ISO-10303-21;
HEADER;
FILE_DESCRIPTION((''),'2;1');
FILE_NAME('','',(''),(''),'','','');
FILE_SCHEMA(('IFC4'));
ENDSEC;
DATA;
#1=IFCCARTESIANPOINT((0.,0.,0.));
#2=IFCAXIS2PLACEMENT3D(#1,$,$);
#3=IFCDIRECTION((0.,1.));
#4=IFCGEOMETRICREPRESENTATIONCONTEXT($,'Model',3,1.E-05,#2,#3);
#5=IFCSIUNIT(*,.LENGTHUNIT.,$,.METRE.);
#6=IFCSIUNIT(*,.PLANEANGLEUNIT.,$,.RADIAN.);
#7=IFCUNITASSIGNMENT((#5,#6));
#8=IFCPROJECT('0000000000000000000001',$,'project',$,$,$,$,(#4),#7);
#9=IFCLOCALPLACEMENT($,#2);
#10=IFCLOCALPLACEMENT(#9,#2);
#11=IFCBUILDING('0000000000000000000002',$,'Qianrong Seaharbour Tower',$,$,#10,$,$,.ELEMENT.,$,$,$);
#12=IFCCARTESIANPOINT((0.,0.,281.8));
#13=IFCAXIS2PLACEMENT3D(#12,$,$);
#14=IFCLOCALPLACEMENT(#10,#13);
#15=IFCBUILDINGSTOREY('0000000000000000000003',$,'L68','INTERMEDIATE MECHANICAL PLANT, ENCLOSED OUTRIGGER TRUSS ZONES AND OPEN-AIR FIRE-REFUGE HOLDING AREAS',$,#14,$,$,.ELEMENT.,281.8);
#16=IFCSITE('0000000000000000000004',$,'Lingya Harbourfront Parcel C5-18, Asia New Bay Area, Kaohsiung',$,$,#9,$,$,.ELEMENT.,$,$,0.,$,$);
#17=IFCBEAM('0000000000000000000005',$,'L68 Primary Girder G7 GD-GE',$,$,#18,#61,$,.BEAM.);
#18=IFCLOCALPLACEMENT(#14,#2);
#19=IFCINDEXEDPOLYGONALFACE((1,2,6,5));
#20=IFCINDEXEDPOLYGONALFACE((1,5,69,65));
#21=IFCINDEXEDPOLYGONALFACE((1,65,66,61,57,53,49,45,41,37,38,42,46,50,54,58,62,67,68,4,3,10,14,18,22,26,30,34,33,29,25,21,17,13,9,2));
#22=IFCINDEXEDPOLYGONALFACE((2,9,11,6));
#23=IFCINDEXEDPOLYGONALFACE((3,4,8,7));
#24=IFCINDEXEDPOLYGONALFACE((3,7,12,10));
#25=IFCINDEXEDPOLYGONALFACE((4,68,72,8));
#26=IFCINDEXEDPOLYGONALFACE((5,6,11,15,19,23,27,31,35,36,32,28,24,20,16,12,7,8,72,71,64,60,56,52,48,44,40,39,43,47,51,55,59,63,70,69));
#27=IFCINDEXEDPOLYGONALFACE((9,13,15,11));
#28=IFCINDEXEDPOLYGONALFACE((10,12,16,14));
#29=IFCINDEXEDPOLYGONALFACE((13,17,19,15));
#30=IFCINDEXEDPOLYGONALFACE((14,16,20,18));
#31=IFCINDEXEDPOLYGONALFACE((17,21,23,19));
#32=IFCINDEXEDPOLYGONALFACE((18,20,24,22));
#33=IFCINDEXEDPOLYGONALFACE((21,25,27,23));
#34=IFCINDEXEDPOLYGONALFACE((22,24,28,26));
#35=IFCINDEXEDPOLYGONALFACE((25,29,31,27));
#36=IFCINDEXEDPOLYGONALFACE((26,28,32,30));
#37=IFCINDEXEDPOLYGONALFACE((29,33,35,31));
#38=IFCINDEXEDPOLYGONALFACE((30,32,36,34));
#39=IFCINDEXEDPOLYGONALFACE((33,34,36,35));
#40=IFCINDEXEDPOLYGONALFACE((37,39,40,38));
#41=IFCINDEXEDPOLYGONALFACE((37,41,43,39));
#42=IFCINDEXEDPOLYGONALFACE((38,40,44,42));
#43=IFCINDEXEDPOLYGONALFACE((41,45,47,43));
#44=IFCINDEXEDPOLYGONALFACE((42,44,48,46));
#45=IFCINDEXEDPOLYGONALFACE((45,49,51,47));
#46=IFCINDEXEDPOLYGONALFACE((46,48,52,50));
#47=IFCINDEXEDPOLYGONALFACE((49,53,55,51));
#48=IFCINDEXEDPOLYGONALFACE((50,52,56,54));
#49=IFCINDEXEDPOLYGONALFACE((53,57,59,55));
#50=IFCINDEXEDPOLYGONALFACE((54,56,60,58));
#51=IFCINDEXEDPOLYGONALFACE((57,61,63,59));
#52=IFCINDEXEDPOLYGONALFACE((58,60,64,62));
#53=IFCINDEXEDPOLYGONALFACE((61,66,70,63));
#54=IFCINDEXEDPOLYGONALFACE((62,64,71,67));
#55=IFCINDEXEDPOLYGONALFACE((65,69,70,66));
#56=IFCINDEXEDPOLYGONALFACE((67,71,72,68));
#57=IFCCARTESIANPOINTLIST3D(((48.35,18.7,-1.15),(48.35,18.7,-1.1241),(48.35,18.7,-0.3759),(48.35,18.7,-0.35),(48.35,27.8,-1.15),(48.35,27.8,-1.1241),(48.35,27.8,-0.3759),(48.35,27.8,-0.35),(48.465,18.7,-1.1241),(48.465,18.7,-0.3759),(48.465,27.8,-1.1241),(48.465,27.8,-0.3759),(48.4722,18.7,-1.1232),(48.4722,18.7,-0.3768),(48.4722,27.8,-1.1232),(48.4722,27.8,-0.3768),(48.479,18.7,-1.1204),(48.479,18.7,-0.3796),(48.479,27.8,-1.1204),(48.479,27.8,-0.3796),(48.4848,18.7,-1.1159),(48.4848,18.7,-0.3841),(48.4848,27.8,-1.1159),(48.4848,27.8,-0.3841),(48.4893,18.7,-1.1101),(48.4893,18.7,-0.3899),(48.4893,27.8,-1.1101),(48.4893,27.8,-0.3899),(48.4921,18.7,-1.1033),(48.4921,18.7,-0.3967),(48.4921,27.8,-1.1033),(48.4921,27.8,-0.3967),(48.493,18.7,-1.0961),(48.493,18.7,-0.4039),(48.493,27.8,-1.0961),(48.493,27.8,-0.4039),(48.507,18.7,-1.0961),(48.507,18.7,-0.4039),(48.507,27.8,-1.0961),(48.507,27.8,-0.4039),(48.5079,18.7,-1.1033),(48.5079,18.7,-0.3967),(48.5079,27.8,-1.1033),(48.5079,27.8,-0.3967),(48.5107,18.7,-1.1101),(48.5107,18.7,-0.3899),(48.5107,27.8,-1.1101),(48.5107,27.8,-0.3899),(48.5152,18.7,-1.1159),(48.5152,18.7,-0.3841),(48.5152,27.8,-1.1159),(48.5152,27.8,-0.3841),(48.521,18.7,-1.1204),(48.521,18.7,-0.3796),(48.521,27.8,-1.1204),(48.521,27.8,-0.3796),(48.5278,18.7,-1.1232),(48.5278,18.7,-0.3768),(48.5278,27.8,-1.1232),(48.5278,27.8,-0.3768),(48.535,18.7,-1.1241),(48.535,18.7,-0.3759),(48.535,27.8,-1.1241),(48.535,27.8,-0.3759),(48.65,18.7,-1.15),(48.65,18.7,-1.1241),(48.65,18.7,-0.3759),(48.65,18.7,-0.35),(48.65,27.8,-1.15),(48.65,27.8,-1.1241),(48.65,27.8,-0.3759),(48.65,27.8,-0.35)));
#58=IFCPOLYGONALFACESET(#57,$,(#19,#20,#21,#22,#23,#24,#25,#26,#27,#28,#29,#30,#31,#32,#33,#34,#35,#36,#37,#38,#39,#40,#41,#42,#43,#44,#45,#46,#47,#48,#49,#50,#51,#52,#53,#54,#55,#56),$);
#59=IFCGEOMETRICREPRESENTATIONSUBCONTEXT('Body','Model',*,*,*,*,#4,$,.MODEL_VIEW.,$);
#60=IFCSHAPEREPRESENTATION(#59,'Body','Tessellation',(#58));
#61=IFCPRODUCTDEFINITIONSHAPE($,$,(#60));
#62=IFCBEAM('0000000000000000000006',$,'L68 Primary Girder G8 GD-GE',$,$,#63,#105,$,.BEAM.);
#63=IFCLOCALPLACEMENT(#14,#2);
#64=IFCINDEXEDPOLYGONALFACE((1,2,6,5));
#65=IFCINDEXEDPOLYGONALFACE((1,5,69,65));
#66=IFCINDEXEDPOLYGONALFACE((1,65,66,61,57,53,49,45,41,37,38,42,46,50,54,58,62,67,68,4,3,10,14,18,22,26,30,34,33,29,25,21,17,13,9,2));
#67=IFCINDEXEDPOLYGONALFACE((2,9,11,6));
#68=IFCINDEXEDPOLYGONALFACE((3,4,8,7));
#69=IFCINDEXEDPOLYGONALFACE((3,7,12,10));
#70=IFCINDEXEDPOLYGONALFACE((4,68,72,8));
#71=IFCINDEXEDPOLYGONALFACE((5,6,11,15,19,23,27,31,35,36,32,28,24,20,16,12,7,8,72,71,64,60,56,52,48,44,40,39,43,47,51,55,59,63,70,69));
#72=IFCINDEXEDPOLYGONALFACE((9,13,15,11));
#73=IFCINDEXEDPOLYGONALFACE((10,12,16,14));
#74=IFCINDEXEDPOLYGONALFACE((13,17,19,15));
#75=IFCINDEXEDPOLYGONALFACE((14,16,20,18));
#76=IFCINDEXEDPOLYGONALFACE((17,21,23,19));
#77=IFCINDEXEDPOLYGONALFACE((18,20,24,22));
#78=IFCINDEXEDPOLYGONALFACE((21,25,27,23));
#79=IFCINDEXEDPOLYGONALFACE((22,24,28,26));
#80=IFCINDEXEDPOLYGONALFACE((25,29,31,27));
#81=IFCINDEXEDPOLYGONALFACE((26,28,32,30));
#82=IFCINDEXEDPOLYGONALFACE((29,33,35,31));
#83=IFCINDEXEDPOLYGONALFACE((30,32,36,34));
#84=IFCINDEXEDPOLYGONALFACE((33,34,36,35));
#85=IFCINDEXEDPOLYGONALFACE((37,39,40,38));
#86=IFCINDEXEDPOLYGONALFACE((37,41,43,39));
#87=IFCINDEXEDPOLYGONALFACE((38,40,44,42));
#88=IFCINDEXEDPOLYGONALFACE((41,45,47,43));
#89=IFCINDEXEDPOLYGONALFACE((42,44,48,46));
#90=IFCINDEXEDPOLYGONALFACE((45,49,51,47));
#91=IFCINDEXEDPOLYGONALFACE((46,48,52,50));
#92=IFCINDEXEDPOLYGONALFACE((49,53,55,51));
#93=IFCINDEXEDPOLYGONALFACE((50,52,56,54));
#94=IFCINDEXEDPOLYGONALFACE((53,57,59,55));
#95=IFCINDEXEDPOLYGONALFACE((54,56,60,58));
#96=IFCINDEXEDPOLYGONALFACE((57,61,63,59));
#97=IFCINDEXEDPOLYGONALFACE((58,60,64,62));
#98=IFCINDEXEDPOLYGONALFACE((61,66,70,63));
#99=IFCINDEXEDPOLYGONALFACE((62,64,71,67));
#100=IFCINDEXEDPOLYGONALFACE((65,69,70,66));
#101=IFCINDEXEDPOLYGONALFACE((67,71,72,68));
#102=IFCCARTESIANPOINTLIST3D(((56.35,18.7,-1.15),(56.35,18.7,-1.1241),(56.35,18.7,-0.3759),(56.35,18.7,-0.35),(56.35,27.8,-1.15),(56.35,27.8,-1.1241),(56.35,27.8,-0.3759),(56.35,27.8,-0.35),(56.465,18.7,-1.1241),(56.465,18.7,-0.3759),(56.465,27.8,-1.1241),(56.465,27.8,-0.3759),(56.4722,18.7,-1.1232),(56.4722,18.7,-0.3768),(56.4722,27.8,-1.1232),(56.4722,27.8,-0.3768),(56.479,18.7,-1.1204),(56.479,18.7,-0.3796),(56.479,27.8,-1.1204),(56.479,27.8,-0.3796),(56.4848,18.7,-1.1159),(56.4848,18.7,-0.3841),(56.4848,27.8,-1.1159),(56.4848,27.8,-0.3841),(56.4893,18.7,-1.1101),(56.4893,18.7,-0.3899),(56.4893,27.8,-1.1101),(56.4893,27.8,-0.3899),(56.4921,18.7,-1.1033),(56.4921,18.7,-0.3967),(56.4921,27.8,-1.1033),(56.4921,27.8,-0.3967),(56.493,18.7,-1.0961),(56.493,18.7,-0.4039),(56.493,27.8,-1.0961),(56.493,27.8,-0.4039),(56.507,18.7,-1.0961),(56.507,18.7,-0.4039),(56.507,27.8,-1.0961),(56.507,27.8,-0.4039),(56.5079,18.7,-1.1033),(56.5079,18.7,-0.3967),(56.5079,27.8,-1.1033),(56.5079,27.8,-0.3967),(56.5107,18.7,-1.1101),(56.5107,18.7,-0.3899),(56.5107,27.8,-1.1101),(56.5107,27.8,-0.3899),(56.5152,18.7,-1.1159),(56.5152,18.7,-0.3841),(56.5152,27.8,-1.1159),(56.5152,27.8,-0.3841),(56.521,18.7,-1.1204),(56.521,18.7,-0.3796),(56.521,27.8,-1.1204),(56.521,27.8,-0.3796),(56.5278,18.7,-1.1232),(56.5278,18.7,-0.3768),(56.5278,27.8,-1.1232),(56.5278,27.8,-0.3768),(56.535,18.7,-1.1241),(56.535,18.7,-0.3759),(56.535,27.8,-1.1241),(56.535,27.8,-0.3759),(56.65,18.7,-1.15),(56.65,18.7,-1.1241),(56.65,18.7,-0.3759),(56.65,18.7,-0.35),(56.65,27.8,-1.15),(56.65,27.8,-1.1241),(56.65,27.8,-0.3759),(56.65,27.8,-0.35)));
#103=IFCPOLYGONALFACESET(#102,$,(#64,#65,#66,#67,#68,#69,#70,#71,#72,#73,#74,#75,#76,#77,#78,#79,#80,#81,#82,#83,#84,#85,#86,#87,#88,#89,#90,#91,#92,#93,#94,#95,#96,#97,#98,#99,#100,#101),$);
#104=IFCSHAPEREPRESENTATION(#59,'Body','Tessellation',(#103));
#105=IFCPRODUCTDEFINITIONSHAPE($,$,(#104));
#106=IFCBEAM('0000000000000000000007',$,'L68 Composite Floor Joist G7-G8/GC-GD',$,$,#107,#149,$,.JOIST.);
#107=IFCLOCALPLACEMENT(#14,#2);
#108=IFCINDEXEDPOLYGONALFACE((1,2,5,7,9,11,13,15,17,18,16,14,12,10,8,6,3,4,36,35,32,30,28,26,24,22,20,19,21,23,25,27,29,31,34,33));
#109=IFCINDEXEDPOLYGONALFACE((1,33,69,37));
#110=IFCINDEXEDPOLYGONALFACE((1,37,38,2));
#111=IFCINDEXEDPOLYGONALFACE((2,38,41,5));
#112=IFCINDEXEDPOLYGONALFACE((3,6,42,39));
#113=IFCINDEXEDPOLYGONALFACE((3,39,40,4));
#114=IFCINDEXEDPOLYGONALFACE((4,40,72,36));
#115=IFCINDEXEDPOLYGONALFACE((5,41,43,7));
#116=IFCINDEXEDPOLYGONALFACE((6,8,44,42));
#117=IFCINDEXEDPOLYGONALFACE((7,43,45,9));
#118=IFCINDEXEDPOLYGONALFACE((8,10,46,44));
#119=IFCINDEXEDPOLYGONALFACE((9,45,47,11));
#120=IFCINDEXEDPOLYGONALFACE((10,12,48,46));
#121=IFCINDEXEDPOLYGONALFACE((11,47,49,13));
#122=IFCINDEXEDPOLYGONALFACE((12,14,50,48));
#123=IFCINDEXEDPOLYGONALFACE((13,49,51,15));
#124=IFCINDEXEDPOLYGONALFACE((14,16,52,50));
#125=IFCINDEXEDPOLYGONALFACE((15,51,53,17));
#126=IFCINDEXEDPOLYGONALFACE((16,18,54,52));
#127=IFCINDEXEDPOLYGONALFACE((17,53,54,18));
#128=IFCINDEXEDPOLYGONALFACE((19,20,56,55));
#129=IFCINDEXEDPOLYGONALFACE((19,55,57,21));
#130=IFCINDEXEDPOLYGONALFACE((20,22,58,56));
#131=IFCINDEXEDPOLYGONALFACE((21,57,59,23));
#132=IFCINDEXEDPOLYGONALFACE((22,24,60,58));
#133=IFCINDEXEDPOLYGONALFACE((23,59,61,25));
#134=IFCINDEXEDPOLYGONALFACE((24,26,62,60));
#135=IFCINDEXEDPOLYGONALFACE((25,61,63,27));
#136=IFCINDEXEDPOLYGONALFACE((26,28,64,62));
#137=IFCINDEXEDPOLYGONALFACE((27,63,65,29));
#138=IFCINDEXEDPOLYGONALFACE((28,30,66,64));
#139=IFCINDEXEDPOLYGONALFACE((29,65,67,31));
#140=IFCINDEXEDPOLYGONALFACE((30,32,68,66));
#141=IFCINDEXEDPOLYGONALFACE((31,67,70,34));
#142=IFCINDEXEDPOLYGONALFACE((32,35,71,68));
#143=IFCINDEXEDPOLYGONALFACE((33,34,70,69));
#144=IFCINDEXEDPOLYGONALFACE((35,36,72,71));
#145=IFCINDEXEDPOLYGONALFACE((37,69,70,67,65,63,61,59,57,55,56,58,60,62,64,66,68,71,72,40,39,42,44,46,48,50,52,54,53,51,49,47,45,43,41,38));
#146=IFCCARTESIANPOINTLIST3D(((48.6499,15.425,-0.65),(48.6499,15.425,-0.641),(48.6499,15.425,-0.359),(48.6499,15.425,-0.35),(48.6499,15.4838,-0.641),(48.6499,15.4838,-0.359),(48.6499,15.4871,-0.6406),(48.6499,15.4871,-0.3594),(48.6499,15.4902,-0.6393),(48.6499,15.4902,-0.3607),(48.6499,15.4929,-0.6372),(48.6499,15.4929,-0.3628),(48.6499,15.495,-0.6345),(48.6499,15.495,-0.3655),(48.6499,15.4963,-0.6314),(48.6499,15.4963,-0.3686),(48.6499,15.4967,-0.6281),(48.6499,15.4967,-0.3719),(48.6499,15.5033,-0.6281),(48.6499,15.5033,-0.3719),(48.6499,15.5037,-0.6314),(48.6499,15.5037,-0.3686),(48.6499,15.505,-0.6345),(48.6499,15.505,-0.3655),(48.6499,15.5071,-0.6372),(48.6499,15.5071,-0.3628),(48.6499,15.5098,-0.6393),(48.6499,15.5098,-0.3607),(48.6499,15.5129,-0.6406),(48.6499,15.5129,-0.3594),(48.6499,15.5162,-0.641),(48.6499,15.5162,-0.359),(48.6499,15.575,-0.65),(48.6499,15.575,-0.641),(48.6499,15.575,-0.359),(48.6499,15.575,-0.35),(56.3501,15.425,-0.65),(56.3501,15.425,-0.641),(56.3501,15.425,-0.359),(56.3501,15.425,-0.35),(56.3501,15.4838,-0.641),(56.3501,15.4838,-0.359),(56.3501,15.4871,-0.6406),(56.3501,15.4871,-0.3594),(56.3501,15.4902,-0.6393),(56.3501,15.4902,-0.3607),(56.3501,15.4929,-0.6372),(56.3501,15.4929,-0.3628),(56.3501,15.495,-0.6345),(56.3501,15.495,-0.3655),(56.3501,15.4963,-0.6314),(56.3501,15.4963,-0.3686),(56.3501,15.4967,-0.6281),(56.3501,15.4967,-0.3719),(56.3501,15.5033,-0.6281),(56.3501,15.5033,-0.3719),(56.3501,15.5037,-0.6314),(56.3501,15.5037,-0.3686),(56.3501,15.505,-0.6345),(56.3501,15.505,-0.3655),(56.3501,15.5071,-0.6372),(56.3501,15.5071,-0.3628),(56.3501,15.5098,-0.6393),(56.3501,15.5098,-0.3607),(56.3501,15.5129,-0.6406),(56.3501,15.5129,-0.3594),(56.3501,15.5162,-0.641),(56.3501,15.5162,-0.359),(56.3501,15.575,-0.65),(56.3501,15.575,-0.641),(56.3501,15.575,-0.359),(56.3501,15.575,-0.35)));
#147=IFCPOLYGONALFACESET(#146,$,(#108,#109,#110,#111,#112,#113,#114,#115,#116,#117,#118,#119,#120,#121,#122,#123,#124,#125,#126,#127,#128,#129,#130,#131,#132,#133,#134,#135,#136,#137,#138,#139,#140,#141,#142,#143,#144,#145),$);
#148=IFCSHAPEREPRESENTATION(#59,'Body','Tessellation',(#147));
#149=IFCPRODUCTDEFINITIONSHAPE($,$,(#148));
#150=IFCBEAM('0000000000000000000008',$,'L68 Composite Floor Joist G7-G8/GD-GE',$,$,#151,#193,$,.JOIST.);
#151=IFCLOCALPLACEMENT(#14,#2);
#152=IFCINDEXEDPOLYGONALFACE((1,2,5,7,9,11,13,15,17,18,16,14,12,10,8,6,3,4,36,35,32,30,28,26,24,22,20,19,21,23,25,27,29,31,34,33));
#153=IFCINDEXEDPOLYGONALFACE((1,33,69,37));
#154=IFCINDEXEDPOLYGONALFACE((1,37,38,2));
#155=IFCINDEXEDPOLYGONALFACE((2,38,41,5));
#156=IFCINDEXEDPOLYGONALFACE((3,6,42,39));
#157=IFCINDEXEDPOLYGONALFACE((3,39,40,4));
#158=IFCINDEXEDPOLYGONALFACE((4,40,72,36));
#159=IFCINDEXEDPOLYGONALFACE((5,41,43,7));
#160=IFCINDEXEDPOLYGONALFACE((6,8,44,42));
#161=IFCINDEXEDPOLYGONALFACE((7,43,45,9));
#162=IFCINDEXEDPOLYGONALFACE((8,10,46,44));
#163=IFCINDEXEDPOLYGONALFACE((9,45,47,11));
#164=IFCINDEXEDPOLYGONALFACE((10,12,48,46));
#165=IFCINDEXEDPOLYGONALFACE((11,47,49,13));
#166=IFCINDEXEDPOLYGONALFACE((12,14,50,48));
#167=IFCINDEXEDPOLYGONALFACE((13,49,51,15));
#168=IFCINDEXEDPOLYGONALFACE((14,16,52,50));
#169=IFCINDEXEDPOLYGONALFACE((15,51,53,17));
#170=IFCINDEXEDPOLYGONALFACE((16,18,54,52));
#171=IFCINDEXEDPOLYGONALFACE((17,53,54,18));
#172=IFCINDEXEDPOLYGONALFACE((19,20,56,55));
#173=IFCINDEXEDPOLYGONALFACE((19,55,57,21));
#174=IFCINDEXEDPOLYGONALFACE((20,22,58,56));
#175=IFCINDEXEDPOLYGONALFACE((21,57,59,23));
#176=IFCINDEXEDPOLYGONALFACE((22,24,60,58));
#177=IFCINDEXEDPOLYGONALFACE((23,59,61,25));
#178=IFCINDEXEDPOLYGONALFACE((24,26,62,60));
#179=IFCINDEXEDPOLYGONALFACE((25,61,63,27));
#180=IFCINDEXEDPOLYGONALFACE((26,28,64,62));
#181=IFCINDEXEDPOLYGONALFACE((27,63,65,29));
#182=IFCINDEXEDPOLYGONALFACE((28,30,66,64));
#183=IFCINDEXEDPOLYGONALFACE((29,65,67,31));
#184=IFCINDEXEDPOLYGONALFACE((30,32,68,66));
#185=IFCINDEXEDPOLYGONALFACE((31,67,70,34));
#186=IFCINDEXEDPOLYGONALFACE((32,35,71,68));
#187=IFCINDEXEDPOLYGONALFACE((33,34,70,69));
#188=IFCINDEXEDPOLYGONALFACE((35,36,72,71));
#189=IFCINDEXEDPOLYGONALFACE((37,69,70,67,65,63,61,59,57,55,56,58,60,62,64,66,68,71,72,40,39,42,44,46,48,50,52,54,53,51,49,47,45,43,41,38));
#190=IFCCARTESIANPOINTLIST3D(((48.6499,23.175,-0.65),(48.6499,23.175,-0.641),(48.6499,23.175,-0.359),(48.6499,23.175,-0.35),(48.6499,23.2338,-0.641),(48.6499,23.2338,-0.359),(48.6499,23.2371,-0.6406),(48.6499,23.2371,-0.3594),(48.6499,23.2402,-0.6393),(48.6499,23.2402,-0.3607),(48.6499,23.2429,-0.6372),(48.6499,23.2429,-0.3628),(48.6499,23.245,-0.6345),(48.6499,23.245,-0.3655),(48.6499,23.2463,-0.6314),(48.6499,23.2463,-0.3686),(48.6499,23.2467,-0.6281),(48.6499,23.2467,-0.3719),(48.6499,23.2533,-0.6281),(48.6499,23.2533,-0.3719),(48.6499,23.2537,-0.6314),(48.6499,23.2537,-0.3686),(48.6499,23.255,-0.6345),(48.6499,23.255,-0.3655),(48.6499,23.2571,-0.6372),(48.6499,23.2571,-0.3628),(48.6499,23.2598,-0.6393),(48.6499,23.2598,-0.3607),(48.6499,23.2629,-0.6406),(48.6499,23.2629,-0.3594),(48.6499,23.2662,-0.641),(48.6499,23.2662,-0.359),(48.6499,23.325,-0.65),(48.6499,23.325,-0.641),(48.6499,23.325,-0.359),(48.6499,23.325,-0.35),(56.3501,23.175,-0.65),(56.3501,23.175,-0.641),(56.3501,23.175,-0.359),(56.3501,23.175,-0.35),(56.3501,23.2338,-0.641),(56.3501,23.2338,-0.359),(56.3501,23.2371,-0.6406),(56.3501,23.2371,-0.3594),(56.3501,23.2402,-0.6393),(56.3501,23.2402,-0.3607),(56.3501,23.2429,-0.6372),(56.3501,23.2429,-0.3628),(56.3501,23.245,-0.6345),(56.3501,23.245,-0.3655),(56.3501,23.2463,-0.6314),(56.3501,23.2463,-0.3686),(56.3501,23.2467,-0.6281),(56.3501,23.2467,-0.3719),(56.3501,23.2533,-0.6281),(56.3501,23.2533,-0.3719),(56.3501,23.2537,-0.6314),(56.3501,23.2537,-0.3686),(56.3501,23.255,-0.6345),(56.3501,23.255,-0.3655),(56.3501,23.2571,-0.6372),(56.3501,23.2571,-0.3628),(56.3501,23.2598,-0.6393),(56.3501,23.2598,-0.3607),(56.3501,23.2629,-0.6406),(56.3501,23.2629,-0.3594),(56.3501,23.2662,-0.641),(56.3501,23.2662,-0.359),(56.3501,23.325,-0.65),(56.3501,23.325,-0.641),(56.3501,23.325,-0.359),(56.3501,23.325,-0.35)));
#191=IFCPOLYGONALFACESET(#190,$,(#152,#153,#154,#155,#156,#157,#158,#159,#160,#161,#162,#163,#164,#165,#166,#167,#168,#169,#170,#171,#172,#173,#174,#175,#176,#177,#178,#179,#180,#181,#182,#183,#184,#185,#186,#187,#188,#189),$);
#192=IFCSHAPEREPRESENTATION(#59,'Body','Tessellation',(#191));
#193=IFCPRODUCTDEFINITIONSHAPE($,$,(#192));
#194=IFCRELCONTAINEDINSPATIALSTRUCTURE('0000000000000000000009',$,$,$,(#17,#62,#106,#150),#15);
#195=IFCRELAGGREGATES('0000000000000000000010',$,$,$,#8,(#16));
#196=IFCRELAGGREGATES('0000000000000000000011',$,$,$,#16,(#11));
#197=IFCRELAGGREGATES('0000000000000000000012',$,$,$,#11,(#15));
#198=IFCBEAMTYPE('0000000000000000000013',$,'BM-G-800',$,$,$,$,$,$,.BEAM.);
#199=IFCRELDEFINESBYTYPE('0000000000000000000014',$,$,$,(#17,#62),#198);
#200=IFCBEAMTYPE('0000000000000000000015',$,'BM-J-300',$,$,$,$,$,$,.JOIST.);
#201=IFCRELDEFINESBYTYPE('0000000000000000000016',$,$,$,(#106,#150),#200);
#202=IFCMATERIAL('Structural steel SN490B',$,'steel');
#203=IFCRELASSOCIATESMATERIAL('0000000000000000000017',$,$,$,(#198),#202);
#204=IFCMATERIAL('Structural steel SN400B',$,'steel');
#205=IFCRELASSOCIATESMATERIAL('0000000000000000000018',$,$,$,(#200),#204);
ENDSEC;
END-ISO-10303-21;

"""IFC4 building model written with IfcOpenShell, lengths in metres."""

from ifc_helpers import new_model, si_unit, direction, frame, origin, origin_2d, place, context, subcontext, project, spatial, i_section, extrude, material, material_profile, profile_set, type_object, element, save


model = new_model("IFC4")

# Units and contexts
model_context = context("Model", 3, precision=1e-05, world=origin(), true_north=direction((0.0, 1.0)))
body_context = subcontext(model_context, "Body", "Model", "MODEL_VIEW")
ifc_project = project(units=[si_unit("LENGTHUNIT", "METRE"), si_unit("PLANEANGLEUNIT", "RADIAN")], contexts=[model_context])

# Site, building, storey
site_placement = place(None, origin())
site = spatial("IfcSite", under=ifc_project, at=site_placement, Name="Lingya Harbourfront Parcel C5-18, Asia New Bay Area, Kaohsiung", CompositionType="ELEMENT", RefElevation=0.0)
building_placement = place(site_placement, origin())
building = spatial("IfcBuilding", under=site, at=building_placement, Name="Qianrong Seaharbour Tower", CompositionType="ELEMENT")
storey_placement = place(building_placement, frame((0.0, 0.0, 281.8)))
storey = spatial("IfcBuildingStorey", under=building, at=storey_placement, Name="L68", Description="INTERMEDIATE MECHANICAL PLANT, ENCLOSED OUTRIGGER TRUSS ZONES AND OPEN-AIR FIRE-REFUGE HOLDING AREAS", CompositionType="ELEMENT", Elevation=281.8)

# Shared definitions
ifc_material_1 = material(Name="Structural steel SN490B", Category="steel")

# Beams
ifc_material_profile_1 = material_profile(ifc_material_1, i_section(OverallWidth=0.3, OverallDepth=0.8, WebThickness=0.0139, FlangeThickness=0.0259, FilletRadius=0.0281, at=origin_2d()), Name="H800x300x14x26")
ifc_profile_set_1 = profile_set([ifc_material_profile_1], Name="Structural steel SN490B")
beam_type_1 = type_object("IfcBeamType", Name="BM-G-800", PredefinedType="BEAM", material=ifc_profile_set_1)
for number, where, z_axis, x_axis, name in (
    (1, (48.5, 18.7, -0.75), (0.0, 1.0, 0.0), (-1.0, 0.0, 0.0), "L68 Primary Girder G7 GD-GE"),
    (2, (56.5, 18.7, -0.75), (0.0, 1.0, 0.0), (-1.0, 0.0, 0.0), "L68 Primary Girder G8 GD-GE"),
):
    element("IfcBeam", number, at=place(storey_placement, frame(where, z_axis=z_axis, x_axis=x_axis)), inside=storey, type_object=beam_type_1, Name=name, PredefinedType="BEAM", context=body_context, shape_type="SweptSolid", body=[
        extrude(i_section(OverallWidth=0.3, OverallDepth=0.8, WebThickness=0.0139, FlangeThickness=0.0259, FilletRadius=0.0281, at=origin_2d()), origin(), (0.0, 0.0, 1.0), 9.1001),
    ])
ifc_material_2 = material(Name="Structural steel SN400B", Category="steel")
ifc_material_profile_2 = material_profile(ifc_material_2, i_section(OverallWidth=0.1499, OverallDepth=0.3, WebThickness=0.0066, FlangeThickness=0.009, FilletRadius=0.0129, at=origin_2d()), Name="H300x150x6.5x9")
ifc_profile_set_2 = profile_set([ifc_material_profile_2], Name="Structural steel SN400B")
beam_type_2 = type_object("IfcBeamType", Name="BM-J-300", PredefinedType="JOIST", material=ifc_profile_set_2)
for number, where, z_axis, x_axis, name in (
    (3, (48.6499, 15.5, -0.5), (1.0, 0.0, 0.0), (0.0, 1.0, 0.0), "L68 Composite Floor Joist G7-G8/GC-GD"),
    (4, (48.6499, 23.25, -0.5), (1.0, 0.0, 0.0), (0.0, 1.0, 0.0), "L68 Composite Floor Joist G7-G8/GD-GE"),
):
    element("IfcBeam", number, at=place(storey_placement, frame(where, z_axis=z_axis, x_axis=x_axis)), inside=storey, type_object=beam_type_2, Name=name, PredefinedType="JOIST", context=body_context, shape_type="SweptSolid", body=[
        extrude(i_section(OverallWidth=0.1499, OverallDepth=0.3, WebThickness=0.0066, FlangeThickness=0.009, FilletRadius=0.0129, at=origin_2d()), origin(), (0.0, 0.0, 1.0), 7.7002),
    ])

save(model, "model.ifc")
